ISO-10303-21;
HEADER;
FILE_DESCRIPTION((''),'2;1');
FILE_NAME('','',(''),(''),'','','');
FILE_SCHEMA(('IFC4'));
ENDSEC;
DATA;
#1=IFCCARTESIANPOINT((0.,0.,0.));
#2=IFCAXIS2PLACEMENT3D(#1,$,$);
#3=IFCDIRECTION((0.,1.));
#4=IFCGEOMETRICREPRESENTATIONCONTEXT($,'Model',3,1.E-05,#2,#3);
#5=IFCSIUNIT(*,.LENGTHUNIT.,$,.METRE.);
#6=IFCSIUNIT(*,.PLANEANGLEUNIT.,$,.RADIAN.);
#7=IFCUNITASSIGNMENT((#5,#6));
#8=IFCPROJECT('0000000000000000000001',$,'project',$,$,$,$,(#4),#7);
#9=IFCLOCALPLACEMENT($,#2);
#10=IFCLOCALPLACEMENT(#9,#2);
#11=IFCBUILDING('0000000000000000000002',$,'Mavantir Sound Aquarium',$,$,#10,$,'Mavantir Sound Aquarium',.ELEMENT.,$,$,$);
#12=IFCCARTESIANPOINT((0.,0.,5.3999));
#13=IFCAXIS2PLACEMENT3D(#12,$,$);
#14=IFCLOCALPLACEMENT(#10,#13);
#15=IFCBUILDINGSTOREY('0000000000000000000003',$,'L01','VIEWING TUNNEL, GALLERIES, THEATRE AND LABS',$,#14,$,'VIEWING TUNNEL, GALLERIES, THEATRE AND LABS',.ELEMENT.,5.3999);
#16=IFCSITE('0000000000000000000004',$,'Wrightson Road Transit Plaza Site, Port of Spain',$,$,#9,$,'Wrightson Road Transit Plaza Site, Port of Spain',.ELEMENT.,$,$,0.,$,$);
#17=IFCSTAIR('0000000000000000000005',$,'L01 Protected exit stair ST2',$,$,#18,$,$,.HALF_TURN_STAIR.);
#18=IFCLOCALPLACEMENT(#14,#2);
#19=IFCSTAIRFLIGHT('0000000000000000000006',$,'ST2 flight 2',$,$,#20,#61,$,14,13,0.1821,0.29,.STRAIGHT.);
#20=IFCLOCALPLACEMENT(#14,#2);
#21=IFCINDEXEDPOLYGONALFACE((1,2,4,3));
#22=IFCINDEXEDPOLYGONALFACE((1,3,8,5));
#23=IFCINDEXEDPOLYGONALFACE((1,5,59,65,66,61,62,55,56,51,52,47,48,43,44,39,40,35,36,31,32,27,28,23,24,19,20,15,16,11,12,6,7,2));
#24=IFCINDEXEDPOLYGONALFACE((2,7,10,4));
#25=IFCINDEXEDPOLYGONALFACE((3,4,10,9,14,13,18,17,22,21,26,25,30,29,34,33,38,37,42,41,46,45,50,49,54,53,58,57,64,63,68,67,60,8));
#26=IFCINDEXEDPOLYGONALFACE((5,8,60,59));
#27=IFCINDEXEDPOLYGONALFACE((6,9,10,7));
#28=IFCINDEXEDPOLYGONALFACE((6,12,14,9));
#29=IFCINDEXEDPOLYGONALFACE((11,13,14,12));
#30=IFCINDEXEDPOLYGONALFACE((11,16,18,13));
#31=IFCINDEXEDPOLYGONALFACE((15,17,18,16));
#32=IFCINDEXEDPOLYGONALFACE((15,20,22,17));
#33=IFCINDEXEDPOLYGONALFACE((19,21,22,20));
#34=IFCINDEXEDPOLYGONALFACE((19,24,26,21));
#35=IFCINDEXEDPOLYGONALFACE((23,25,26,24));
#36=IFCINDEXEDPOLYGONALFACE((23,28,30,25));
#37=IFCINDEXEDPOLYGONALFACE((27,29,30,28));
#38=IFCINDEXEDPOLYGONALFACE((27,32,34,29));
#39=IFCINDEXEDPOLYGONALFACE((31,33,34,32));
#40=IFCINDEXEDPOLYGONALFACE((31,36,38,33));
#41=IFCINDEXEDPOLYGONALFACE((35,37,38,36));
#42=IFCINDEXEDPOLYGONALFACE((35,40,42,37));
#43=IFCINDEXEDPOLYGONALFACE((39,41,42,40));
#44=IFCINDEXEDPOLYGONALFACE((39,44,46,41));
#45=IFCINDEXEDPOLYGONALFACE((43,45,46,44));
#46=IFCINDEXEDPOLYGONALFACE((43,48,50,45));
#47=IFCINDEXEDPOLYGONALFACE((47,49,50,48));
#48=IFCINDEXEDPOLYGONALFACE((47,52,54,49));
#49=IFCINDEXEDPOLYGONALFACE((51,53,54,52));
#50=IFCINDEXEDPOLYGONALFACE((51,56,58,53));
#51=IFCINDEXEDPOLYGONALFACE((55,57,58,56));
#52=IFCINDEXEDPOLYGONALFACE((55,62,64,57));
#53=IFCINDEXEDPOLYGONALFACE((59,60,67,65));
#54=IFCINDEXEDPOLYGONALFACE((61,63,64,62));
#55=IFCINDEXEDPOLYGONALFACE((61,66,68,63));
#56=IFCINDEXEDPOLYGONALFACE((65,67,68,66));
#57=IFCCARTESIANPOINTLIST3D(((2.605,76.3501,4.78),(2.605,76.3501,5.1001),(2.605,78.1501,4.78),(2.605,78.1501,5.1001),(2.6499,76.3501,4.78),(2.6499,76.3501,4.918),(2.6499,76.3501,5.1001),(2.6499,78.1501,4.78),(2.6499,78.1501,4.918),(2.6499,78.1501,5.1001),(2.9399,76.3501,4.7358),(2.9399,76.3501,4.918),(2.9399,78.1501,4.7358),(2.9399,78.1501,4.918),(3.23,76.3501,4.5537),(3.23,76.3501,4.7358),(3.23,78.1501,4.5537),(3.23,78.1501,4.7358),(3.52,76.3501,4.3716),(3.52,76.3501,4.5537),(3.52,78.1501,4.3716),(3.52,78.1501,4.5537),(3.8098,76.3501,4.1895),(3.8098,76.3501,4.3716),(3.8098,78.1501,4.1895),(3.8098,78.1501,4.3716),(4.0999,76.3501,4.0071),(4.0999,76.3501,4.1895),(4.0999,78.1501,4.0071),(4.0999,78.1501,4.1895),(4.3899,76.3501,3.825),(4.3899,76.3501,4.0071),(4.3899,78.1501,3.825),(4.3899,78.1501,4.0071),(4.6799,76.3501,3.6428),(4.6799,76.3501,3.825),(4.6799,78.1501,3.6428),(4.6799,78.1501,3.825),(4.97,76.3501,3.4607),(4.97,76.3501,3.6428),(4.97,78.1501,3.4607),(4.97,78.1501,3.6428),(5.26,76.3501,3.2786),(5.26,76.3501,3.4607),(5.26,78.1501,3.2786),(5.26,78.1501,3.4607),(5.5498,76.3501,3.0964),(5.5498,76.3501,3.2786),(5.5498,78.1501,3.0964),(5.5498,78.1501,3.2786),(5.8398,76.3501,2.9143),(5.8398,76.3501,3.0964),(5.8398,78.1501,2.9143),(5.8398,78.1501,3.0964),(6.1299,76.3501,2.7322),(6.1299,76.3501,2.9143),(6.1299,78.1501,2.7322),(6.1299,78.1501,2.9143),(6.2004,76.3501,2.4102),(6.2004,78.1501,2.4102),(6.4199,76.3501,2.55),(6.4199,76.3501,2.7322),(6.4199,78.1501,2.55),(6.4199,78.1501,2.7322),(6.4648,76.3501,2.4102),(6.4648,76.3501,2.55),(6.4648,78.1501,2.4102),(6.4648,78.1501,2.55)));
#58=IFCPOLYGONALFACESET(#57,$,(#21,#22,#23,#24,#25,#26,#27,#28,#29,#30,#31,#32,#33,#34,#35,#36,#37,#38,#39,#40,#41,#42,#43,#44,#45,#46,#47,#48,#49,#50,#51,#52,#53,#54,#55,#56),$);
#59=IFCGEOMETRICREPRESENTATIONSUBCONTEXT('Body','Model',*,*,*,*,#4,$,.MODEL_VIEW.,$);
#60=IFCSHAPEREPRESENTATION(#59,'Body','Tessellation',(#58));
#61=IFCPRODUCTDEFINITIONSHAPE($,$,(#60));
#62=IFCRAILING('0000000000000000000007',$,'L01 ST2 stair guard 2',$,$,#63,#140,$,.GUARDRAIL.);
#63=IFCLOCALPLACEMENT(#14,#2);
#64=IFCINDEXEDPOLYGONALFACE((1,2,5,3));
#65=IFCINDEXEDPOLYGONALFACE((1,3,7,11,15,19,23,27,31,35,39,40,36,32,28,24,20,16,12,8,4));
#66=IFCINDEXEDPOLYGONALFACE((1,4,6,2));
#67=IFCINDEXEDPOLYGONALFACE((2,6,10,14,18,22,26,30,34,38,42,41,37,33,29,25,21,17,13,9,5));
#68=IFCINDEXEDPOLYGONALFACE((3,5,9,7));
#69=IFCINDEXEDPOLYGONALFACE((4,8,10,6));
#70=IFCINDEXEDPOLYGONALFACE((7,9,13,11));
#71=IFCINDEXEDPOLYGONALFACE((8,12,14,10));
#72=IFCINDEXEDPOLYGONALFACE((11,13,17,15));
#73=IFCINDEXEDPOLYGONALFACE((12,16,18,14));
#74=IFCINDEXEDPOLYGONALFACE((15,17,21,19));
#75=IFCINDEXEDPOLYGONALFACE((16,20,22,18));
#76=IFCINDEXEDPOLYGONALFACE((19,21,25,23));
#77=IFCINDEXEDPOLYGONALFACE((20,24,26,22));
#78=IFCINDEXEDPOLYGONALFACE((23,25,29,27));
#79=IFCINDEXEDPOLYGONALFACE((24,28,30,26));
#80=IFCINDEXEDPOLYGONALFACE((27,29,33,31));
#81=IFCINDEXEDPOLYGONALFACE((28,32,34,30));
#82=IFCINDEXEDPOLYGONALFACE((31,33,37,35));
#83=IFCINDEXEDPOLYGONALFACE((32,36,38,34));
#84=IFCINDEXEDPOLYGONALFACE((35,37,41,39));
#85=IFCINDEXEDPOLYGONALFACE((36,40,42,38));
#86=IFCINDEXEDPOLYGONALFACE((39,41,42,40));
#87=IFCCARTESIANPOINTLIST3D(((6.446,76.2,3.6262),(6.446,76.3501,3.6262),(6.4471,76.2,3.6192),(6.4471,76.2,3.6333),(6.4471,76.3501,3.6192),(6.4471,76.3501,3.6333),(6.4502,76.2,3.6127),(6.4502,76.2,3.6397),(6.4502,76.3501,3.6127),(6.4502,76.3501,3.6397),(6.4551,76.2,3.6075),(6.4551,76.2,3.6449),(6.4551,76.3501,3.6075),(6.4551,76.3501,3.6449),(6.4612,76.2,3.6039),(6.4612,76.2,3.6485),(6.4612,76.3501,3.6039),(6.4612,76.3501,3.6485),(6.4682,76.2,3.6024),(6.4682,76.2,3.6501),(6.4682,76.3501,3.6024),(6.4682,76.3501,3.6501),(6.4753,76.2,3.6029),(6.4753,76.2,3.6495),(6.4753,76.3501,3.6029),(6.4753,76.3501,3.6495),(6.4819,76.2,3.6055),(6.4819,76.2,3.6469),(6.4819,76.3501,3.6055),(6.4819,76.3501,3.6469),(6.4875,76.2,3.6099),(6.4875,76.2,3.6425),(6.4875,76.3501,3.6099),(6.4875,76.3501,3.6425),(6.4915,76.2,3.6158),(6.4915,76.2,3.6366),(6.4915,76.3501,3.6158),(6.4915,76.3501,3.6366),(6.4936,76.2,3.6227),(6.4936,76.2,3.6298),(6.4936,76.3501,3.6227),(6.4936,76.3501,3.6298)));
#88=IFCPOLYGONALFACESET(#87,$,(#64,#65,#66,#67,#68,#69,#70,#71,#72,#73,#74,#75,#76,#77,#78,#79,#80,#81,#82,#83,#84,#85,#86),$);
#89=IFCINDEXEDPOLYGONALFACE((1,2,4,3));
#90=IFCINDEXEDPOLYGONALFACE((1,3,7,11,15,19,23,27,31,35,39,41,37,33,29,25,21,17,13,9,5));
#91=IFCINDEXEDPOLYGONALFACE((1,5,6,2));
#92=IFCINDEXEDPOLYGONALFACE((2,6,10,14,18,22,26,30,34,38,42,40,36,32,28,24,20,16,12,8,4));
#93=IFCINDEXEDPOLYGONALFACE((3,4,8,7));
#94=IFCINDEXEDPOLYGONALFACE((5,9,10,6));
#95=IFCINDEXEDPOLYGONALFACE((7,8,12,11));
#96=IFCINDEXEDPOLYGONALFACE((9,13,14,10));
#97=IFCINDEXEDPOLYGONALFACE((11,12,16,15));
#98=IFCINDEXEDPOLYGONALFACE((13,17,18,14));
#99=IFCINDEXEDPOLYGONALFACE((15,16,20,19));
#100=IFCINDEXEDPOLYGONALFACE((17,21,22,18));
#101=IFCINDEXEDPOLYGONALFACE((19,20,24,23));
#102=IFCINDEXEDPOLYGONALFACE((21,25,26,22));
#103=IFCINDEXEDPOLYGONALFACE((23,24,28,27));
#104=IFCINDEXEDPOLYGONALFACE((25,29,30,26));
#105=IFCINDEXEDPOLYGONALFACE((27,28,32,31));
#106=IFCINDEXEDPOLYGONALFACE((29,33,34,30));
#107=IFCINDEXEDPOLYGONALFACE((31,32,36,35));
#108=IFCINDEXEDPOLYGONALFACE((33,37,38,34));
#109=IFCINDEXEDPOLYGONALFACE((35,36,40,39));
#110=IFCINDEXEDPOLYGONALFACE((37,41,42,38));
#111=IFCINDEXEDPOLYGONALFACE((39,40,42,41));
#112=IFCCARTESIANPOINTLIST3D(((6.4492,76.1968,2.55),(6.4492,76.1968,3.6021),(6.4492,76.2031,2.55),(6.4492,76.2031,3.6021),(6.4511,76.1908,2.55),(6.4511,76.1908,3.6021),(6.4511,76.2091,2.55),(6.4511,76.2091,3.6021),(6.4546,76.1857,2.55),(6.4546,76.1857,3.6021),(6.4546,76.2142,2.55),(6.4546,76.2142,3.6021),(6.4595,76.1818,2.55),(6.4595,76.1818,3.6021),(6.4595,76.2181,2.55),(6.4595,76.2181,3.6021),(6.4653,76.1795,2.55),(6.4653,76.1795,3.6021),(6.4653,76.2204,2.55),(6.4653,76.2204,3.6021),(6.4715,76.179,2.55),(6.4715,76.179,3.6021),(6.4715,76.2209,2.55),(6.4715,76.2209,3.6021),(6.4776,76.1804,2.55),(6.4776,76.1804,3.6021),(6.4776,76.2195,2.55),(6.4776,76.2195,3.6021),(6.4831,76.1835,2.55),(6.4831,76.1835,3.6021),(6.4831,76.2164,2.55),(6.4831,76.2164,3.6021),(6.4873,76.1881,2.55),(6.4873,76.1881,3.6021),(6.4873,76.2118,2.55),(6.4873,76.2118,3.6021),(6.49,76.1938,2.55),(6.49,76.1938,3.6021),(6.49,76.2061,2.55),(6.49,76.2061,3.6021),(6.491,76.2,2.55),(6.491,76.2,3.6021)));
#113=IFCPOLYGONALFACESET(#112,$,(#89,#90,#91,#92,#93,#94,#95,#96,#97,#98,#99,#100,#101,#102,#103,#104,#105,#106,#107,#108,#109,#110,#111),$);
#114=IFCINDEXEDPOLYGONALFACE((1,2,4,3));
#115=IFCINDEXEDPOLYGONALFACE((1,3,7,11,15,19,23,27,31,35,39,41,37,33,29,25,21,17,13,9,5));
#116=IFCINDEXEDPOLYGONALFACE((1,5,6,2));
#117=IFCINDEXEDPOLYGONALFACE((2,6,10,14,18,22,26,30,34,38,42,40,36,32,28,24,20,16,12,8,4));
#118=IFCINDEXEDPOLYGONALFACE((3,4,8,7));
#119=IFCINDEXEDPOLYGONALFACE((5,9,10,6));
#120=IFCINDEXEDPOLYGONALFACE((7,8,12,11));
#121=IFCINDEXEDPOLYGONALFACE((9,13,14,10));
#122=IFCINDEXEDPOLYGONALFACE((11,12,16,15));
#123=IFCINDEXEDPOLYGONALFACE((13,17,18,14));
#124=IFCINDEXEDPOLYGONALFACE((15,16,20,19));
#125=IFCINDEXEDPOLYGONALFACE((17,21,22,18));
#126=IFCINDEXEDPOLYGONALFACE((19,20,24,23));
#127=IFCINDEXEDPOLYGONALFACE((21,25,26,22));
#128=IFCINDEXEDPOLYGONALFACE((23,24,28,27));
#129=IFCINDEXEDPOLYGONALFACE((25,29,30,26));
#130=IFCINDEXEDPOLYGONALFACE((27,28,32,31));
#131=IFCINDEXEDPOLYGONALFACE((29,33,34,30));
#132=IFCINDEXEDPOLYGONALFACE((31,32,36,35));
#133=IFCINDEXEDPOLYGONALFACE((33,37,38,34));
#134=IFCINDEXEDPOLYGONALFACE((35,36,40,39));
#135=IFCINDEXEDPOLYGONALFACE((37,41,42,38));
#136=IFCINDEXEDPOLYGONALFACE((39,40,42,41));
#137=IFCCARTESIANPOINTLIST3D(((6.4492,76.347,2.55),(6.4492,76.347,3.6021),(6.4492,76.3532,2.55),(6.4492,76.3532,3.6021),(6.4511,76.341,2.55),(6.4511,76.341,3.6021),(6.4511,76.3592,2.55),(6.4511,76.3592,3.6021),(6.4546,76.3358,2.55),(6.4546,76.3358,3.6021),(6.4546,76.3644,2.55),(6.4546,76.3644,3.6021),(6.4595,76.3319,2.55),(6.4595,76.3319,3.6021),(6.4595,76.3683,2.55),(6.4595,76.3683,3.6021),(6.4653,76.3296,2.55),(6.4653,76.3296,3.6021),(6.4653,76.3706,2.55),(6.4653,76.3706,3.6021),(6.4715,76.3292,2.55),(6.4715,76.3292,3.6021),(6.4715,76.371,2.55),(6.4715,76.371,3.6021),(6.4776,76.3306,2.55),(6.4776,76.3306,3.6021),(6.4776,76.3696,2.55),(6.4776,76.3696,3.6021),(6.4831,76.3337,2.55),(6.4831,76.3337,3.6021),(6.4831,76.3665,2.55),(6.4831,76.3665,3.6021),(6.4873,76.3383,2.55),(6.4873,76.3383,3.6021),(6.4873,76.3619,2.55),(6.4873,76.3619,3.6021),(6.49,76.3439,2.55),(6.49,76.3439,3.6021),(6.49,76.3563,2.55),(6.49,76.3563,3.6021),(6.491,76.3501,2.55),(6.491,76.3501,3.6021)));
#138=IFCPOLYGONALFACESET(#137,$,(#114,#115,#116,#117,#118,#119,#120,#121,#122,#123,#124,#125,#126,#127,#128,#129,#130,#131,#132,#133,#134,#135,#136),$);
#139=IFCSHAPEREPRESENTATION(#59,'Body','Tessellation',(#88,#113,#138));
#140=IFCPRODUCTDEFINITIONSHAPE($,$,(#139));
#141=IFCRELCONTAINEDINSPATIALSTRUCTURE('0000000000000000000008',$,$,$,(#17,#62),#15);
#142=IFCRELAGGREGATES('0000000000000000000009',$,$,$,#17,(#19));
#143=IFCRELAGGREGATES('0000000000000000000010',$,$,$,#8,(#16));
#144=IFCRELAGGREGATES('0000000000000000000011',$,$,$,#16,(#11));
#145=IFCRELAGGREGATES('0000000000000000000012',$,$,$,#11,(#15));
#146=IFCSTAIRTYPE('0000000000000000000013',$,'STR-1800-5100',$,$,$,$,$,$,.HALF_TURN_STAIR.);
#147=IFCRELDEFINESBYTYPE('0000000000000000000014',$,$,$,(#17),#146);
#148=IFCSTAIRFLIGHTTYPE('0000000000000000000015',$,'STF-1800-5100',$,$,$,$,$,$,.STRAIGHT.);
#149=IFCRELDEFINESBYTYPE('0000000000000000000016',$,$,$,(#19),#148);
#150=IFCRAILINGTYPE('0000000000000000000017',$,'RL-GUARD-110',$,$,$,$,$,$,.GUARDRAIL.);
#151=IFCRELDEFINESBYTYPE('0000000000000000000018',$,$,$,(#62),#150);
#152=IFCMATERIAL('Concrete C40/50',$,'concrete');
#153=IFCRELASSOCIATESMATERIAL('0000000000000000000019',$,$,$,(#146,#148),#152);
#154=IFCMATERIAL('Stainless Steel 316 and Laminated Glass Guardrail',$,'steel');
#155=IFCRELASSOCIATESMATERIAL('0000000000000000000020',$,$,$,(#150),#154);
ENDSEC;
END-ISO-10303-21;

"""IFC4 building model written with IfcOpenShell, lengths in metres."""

from ifc_helpers import new_model, si_unit, direction, frame, origin, origin_2d, place, context, subcontext, project, spatial, polyline, circle, outline, extrude, material, type_object, element, aggregate, save


model = new_model("IFC4")

# Units and contexts
model_context = context("Model", 3, precision=1e-05, world=origin(), true_north=direction((0.0, 1.0)))
body_context = subcontext(model_context, "Body", "Model", "MODEL_VIEW")
ifc_project = project(units=[si_unit("LENGTHUNIT", "METRE"), si_unit("PLANEANGLEUNIT", "RADIAN")], contexts=[model_context])

# Site, building, storey
site_placement = place(None, origin())
site = spatial("IfcSite", under=ifc_project, at=site_placement, Name="Wrightson Road Transit Plaza Site, Port of Spain", LongName="Wrightson Road Transit Plaza Site, Port of Spain", CompositionType="ELEMENT", RefElevation=0.0)
building_placement = place(site_placement, origin())
building = spatial("IfcBuilding", under=site, at=building_placement, Name="Mavantir Sound Aquarium", LongName="Mavantir Sound Aquarium", CompositionType="ELEMENT")
storey_placement = place(building_placement, frame((0.0, 0.0, 5.3999)))
storey = spatial("IfcBuildingStorey", under=building, at=storey_placement, Name="L01", Description="VIEWING TUNNEL, GALLERIES, THEATRE AND LABS", LongName="VIEWING TUNNEL, GALLERIES, THEATRE AND LABS", CompositionType="ELEMENT", Elevation=5.3999)

# Shared definitions
ifc_material_1 = material(Name="Concrete C40/50", Category="concrete")

# Stair, stair flight
stair_type = type_object("IfcStairType", Name="STR-1800-5100", PredefinedType="HALF_TURN_STAIR", material=ifc_material_1)
stair_placement = place(storey_placement, origin())
stair = element("IfcStair", 1, at=stair_placement, inside=storey, type_object=stair_type, Name="L01 Protected exit stair ST2", PredefinedType="HALF_TURN_STAIR")
stair_flight_type = type_object("IfcStairFlightType", Name="STF-1800-5100", PredefinedType="STRAIGHT", material=ifc_material_1)
stair_flight_placement = place(storey_placement, frame((6.4199, 77.25, 2.55), z_axis=(0.0, 0.0, 1.0), x_axis=(-1.0, 0.0, 0.0)))
stair_flight = element("IfcStairFlight", 2, at=stair_flight_placement, type_object=stair_flight_type, Name="ST2 flight 2", NumberOfRisers=14, NumberOfTreads=13, PredefinedType="STRAIGHT", RiserHeight=0.1821, TreadLength=0.29, context=body_context, shape_type="SweptSolid", body=[
    extrude(outline(polyline([(-0.0449, -0.1399), (-0.0449, 0.0), (0.0, 0.0), (0.0, 0.1821), (0.29, 0.1821), (0.29, 0.3643), (0.5801, 0.3643), (0.5801, 0.5464), (0.8701, 0.5464), (0.8701, 0.7285), (1.1599, 0.7285), (1.1599, 0.9106), (1.45, 0.9106), (1.45, 1.0928), (1.74, 1.0928), (1.74, 1.2749), (2.03, 1.2749), (2.03, 1.457), (2.3201, 1.457), (2.3201, 1.6394), (2.6101, 1.6394), (2.6101, 1.8215), (2.8999, 1.8215), (2.8999, 2.0037), (3.1899, 2.0037), (3.1899, 2.1858), (3.48, 2.1858), (3.48, 2.3679), (3.77, 2.3679), (3.77, 2.55), (3.8149, 2.55), (3.8149, 2.23), (3.77, 2.23), (0.2195, -0.1399), (-0.0449, -0.1399)])), frame((0.0, 0.8999, 0.0), z_axis=(0.0, -1.0, 0.0), x_axis=(1.0, 0.0, 0.0)), (0.0, 0.0, 1.0), 1.8),
])
aggregate(stair, [stair_flight])

# Railing
ifc_material_2 = material(Name="Stainless Steel 316 and Laminated Glass Guardrail", Category="steel")
railing_type_1 = type_object("IfcRailingType", Name="RL-GUARD-110", PredefinedType="GUARDRAIL", material=ifc_material_2)
railing_1_placement = place(storey_placement, frame((6.47, 76.2, 2.55)))
element("IfcRailing", 3, at=railing_1_placement, inside=storey, type_object=railing_type_1, Name="L01 ST2 stair guard 2", PredefinedType="GUARDRAIL", context=body_context, shape_type="SweptSolid", body=[
    extrude(circle(Radius=0.0239, at=origin_2d()), frame((0.0, 0.0, 1.0762), z_axis=(0.0, 1.0, 0.0), x_axis=(-1.0, 0.0, 0.0)), (0.0, 0.0, 1.0), 0.1501),
    extrude(circle(Radius=0.021, at=origin_2d()), origin(), (0.0, 0.0, 1.0), 1.052),
    extrude(circle(Radius=0.021, at=origin_2d()), frame((0.0, 0.1501, 0.0)), (0.0, 0.0, 1.0), 1.052),
])

save(model, "model.ifc")
